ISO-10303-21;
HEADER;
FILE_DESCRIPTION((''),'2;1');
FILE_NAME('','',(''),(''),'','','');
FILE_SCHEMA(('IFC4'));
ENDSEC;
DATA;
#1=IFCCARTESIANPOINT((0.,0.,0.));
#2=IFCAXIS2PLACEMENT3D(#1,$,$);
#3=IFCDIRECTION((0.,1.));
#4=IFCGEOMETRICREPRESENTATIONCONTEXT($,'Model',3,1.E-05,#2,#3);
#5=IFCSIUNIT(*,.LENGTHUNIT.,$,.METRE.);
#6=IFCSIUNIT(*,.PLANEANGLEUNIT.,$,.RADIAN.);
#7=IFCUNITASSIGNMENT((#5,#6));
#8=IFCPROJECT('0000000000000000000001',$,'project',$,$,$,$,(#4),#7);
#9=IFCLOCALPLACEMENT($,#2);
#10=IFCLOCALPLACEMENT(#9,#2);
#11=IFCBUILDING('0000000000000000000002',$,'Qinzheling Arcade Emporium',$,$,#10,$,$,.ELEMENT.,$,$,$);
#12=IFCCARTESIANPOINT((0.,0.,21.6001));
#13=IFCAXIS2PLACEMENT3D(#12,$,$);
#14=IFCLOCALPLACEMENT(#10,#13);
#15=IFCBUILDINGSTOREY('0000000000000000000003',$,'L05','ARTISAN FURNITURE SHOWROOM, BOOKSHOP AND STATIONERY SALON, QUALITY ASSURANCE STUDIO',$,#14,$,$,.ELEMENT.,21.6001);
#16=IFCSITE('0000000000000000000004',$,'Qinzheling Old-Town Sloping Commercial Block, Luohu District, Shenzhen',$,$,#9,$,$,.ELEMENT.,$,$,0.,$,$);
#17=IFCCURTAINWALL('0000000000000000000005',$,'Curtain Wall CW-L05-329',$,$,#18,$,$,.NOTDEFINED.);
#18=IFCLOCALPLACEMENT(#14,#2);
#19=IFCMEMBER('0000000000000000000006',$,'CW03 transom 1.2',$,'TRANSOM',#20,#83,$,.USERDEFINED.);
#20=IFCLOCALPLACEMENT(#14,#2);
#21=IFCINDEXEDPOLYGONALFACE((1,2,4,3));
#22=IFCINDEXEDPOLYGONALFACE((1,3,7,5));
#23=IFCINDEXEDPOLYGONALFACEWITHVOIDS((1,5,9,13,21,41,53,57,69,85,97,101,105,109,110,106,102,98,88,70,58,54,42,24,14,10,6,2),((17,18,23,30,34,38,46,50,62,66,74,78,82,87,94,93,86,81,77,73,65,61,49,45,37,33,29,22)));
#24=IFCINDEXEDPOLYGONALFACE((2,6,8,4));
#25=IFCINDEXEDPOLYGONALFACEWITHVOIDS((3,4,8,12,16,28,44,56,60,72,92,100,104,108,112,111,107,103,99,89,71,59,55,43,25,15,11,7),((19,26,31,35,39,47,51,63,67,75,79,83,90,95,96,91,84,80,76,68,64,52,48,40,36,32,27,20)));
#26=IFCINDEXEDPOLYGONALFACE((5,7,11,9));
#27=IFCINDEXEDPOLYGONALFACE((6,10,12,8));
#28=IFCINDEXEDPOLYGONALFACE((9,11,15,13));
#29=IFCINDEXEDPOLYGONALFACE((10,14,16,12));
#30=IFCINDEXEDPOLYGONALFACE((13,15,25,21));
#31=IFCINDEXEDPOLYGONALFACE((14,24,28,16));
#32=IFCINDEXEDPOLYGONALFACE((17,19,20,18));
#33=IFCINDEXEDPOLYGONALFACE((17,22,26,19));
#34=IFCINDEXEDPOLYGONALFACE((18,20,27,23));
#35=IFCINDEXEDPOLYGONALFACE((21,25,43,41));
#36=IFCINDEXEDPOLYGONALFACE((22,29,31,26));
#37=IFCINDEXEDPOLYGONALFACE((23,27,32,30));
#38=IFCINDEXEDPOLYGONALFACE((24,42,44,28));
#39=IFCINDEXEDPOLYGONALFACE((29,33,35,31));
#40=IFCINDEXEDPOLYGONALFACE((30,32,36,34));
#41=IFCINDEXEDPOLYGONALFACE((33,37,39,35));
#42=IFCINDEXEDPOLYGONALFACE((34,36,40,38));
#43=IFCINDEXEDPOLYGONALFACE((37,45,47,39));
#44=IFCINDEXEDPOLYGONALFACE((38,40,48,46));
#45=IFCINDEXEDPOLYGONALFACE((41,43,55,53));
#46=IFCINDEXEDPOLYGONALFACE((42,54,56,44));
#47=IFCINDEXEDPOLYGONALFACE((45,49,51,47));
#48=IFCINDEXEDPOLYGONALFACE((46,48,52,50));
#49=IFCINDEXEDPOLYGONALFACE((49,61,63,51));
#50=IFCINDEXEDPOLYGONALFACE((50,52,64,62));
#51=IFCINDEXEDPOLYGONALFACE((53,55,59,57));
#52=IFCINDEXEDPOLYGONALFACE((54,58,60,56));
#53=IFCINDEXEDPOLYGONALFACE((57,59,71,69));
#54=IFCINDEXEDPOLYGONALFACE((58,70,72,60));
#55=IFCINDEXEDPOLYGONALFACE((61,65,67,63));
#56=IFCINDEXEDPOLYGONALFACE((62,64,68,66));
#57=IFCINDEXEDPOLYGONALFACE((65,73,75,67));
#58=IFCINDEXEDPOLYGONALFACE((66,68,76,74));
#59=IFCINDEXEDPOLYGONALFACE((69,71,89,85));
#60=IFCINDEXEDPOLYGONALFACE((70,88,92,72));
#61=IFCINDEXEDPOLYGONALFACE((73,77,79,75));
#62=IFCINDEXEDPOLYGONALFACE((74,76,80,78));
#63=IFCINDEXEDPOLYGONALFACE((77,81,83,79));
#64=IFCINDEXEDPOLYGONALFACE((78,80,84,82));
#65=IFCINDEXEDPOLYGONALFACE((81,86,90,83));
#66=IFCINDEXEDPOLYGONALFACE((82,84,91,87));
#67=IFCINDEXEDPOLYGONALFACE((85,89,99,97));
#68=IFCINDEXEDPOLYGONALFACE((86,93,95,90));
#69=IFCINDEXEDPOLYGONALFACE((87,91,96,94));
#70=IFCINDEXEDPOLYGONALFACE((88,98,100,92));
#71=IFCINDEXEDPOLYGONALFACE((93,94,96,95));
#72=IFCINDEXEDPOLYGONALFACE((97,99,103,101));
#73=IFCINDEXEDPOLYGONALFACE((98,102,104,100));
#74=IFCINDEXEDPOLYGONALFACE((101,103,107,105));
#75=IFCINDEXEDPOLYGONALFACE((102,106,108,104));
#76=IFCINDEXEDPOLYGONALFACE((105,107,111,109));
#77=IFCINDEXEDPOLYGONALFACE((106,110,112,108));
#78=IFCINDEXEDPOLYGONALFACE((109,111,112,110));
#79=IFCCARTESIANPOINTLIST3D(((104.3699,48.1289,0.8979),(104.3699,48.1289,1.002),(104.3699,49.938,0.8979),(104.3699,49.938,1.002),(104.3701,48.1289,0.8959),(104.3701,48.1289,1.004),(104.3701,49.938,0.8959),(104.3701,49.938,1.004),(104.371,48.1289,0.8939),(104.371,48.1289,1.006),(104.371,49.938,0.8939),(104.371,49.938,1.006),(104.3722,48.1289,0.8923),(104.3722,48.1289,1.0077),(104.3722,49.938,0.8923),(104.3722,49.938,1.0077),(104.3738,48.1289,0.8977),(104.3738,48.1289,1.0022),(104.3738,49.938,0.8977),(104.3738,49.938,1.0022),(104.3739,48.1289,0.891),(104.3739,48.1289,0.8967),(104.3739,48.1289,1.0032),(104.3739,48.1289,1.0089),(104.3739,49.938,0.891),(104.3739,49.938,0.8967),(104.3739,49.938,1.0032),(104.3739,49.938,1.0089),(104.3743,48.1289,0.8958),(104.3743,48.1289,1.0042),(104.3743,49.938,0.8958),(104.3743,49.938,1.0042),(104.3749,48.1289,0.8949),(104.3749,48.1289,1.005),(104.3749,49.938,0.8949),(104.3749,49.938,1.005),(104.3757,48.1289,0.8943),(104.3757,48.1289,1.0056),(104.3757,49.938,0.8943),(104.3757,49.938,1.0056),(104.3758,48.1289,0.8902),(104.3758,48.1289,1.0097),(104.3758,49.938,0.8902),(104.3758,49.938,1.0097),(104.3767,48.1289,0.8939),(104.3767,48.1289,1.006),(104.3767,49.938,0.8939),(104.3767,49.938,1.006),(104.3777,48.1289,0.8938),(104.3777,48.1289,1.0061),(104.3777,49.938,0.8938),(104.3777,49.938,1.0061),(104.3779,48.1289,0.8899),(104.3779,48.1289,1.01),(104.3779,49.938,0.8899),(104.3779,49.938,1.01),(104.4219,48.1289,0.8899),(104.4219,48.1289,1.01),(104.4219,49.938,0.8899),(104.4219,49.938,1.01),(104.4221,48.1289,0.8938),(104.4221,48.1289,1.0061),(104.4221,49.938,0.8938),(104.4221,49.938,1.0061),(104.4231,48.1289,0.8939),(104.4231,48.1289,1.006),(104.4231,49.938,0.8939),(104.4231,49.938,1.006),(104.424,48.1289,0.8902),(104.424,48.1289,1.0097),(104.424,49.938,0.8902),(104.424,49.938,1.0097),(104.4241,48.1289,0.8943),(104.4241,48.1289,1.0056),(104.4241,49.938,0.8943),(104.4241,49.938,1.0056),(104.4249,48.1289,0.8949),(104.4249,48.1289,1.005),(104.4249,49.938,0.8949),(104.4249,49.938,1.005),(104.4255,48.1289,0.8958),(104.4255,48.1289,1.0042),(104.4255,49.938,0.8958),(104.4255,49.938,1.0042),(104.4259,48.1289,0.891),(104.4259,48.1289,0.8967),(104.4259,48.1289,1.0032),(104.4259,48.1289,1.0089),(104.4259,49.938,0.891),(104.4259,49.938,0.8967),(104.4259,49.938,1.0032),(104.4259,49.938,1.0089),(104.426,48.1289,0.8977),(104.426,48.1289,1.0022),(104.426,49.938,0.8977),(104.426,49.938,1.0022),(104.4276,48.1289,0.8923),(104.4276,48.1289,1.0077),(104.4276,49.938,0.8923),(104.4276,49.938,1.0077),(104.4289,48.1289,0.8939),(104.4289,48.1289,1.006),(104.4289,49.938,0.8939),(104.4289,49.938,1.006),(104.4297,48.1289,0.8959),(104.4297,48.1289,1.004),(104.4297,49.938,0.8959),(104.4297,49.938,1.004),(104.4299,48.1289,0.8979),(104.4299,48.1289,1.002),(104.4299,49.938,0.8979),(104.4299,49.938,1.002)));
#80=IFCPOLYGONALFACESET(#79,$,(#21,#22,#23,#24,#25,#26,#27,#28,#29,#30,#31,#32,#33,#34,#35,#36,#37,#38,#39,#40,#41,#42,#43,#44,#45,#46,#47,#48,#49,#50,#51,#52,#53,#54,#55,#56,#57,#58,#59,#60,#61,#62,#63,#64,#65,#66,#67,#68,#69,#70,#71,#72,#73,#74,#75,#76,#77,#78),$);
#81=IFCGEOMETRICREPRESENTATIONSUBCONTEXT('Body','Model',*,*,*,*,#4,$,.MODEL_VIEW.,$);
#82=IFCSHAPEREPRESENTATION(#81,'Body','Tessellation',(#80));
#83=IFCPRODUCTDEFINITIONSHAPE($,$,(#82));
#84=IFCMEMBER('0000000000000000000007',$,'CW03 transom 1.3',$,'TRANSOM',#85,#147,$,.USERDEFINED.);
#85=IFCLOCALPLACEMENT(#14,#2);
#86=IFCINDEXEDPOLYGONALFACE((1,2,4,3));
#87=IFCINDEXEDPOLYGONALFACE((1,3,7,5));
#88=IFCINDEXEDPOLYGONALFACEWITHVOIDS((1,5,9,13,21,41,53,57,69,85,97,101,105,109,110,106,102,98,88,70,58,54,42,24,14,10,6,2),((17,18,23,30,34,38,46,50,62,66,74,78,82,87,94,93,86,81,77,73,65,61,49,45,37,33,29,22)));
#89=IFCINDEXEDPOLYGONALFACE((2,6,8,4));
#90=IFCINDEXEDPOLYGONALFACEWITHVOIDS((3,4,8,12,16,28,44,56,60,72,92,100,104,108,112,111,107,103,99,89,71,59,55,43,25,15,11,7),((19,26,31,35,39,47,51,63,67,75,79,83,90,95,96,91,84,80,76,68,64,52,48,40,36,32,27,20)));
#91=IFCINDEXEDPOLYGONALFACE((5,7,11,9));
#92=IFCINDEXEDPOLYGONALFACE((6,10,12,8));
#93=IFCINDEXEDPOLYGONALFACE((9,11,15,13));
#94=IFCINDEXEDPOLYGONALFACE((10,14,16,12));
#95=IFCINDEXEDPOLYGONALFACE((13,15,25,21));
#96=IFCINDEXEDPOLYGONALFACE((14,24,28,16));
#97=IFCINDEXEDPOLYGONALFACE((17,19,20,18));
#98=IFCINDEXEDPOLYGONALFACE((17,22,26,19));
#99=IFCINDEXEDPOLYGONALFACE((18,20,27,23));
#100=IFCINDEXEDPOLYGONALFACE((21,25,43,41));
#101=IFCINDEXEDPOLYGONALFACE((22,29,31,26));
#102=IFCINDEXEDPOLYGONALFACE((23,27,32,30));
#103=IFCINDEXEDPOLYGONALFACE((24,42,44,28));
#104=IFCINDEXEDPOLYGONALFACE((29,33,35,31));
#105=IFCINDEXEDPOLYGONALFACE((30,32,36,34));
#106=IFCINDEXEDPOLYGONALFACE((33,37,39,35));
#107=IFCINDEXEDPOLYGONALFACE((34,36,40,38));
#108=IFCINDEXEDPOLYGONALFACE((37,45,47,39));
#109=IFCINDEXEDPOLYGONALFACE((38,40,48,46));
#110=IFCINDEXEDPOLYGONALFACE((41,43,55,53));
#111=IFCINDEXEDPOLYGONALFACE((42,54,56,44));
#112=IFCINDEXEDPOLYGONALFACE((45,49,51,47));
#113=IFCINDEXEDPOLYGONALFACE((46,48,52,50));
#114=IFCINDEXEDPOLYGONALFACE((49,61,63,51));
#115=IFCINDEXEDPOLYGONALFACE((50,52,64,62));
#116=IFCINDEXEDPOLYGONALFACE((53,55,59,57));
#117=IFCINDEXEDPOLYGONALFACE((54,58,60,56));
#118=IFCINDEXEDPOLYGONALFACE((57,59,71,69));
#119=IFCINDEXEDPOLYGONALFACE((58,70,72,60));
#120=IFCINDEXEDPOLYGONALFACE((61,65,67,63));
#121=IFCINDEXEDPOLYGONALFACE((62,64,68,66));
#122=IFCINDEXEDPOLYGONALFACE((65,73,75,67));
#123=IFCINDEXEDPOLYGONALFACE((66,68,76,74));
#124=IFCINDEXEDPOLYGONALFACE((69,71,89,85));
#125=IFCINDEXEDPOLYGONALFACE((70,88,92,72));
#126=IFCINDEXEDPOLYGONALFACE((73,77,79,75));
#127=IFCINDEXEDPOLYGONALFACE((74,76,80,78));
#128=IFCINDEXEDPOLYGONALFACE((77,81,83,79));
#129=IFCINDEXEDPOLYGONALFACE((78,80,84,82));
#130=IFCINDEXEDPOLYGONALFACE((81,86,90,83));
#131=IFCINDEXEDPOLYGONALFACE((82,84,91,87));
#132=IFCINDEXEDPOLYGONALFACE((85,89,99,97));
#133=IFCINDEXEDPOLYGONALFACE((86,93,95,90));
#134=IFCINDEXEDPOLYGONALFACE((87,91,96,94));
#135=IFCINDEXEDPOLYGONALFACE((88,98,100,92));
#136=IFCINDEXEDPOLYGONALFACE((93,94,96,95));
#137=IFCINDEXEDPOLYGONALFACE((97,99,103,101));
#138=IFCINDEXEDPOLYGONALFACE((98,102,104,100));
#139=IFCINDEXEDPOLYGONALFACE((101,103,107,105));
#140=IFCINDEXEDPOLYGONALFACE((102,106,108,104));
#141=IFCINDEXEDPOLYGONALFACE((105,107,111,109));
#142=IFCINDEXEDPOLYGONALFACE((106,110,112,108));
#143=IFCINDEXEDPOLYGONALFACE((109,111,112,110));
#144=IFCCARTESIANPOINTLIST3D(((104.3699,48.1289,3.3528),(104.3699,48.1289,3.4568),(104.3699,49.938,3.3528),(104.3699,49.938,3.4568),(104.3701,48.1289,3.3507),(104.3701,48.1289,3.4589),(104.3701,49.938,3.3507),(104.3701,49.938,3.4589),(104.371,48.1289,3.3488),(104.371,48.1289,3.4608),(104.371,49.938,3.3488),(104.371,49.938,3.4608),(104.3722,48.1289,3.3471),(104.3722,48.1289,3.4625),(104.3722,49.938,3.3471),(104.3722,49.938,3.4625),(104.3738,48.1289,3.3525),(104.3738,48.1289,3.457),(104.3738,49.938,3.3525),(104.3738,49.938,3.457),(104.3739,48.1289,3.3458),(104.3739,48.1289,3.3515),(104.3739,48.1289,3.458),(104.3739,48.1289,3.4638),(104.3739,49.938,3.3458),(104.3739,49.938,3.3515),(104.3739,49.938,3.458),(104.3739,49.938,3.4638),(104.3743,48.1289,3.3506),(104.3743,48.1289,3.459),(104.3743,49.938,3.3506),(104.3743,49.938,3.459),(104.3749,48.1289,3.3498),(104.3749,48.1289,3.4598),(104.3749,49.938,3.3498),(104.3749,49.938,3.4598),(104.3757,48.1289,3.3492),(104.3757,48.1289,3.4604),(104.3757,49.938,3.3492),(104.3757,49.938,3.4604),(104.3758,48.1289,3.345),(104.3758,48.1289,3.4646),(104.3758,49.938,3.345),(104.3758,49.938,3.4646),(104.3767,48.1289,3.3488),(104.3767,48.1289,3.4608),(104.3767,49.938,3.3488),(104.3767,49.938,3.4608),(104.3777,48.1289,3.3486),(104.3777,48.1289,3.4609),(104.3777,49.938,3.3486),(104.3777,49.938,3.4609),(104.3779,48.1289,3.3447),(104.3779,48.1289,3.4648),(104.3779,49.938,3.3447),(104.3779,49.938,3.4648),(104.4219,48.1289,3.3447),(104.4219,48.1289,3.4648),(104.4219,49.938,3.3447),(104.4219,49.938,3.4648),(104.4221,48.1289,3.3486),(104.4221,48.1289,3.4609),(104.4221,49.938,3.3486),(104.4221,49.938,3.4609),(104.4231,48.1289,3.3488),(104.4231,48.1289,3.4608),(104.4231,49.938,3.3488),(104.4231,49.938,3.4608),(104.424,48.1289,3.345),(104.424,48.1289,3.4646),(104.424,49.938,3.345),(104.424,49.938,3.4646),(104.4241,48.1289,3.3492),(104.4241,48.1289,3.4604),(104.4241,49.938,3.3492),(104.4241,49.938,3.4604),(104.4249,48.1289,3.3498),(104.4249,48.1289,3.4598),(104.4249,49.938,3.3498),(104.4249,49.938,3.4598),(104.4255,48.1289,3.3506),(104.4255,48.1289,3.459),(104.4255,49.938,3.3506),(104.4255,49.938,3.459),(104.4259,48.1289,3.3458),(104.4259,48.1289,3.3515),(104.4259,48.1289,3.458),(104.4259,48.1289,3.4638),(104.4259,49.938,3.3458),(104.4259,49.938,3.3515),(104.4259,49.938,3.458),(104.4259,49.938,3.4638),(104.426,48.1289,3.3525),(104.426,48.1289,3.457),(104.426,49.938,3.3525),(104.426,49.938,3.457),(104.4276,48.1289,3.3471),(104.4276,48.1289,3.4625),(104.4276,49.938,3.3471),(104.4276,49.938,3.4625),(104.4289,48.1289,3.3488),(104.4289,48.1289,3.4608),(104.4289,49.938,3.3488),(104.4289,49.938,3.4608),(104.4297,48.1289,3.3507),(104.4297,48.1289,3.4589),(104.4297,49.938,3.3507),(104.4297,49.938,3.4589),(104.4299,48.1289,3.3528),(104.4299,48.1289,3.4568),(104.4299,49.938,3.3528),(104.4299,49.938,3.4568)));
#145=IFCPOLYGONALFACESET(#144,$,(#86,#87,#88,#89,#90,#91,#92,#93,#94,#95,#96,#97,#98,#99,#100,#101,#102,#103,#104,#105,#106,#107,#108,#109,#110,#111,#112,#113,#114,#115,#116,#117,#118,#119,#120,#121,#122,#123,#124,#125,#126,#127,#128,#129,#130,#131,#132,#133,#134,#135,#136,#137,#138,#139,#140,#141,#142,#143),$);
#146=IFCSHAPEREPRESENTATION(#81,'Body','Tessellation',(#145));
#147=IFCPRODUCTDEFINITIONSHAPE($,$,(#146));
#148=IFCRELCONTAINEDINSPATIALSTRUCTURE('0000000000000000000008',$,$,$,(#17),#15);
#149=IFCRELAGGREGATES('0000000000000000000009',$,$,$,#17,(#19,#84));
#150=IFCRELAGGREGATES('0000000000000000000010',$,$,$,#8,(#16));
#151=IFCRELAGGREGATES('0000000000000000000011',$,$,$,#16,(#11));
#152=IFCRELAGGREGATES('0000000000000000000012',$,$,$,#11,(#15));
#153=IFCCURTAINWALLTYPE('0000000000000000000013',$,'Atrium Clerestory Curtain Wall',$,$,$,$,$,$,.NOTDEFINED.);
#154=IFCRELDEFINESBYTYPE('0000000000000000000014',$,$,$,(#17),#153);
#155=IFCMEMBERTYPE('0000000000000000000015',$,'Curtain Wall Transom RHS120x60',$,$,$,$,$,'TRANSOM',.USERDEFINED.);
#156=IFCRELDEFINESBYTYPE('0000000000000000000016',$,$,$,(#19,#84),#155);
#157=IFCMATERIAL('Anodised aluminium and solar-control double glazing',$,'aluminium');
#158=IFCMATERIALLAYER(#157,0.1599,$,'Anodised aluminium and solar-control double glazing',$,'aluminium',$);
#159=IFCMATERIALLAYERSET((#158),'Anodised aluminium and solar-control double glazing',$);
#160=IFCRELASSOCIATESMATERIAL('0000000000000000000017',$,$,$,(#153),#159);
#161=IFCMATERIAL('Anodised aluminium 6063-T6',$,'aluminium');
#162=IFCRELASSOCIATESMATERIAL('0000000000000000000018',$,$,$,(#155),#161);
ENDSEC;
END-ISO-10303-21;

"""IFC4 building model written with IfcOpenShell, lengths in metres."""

from ifc_helpers import new_model, si_unit, direction, frame, origin, origin_2d, place, context, subcontext, project, spatial, hollow_rectangle, extrude, material, layer, layer_set, material_profile, profile_set, type_object, element, aggregate, save


model = new_model("IFC4")

# Units and contexts
model_context = context("Model", 3, precision=1e-05, world=origin(), true_north=direction((0.0, 1.0)))
body_context = subcontext(model_context, "Body", "Model", "MODEL_VIEW")
ifc_project = project(units=[si_unit("LENGTHUNIT", "METRE"), si_unit("PLANEANGLEUNIT", "RADIAN")], contexts=[model_context])

# Site, building, storey
site_placement = place(None, origin())
site = spatial("IfcSite", under=ifc_project, at=site_placement, Name="Qinzheling Old-Town Sloping Commercial Block, Luohu District, Shenzhen", CompositionType="ELEMENT", RefElevation=0.0)
building_placement = place(site_placement, origin())
building = spatial("IfcBuilding", under=site, at=building_placement, Name="Qinzheling Arcade Emporium", CompositionType="ELEMENT")
storey_placement = place(building_placement, frame((0.0, 0.0, 21.6001)))
storey = spatial("IfcBuildingStorey", under=building, at=storey_placement, Name="L05", Description="ARTISAN FURNITURE SHOWROOM, BOOKSHOP AND STATIONERY SALON, QUALITY ASSURANCE STUDIO", CompositionType="ELEMENT", Elevation=21.6001)

# Curtain wall, members
ifc_material_1 = material(Name="Anodised aluminium and solar-control double glazing", Category="aluminium")
ifc_layer_1 = layer(ifc_material_1, 0.1599, Name="Anodised aluminium and solar-control double glazing", Category="aluminium")
ifc_layer_set_1 = layer_set([ifc_layer_1], Name="Anodised aluminium and solar-control double glazing")
curtain_wall_type = type_object("IfcCurtainWallType", Name="Atrium Clerestory Curtain Wall", PredefinedType="NOTDEFINED", material=ifc_layer_set_1)
curtain_wall_placement = place(storey_placement, origin())
curtain_wall = element("IfcCurtainWall", 1, at=curtain_wall_placement, inside=storey, type_object=curtain_wall_type, Name="Curtain Wall CW-L05-329", PredefinedType="NOTDEFINED")
ifc_material_2 = material(Name="Anodised aluminium 6063-T6", Category="aluminium")
ifc_material_profile_1 = material_profile(ifc_material_2, hollow_rectangle(XDim=0.0601, YDim=0.1201, WallThickness=0.0039, InnerFilletRadius=0.0039, OuterFilletRadius=0.0081, at=origin_2d()), Name="RHS 120x60x4", Category="aluminium")
ifc_profile_set_1 = profile_set([ifc_material_profile_1], Name="Anodised aluminium 6063-T6")
member_type_1 = type_object("IfcMemberType", Name="Curtain Wall Transom RHS120x60", ElementType="TRANSOM", PredefinedType="USERDEFINED", material=ifc_profile_set_1)
member_1_placement = place(storey_placement, frame((104.3999, 49.938, 0.95), z_axis=(0.0, -1.0, 0.0), x_axis=(1.0, 0.0, 0.0)))
member_1 = element("IfcMember", 2, at=member_1_placement, type_object=member_type_1, Name="CW03 transom 1.2", ObjectType="TRANSOM", PredefinedType="USERDEFINED", context=body_context, shape_type="SweptSolid", body=[
    extrude(hollow_rectangle(XDim=0.0601, YDim=0.1201, WallThickness=0.0039, InnerFilletRadius=0.0039, OuterFilletRadius=0.0081, at=origin_2d()), origin(), (0.0, 0.0, 1.0), 1.8091),
])
member_2_placement = place(storey_placement, frame((104.3999, 49.938, 3.4048), z_axis=(0.0, -1.0, 0.0), x_axis=(1.0, 0.0, 0.0)))
member_2 = element("IfcMember", 3, at=member_2_placement, type_object=member_type_1, Name="CW03 transom 1.3", ObjectType="TRANSOM", PredefinedType="USERDEFINED", context=body_context, shape_type="SweptSolid", body=[
    extrude(hollow_rectangle(XDim=0.0601, YDim=0.1201, WallThickness=0.0039, InnerFilletRadius=0.0039, OuterFilletRadius=0.0081, at=origin_2d()), origin(), (0.0, 0.0, 1.0), 1.8091),
])
aggregate(curtain_wall, [member_1, member_2])

save(model, "model.ifc")
